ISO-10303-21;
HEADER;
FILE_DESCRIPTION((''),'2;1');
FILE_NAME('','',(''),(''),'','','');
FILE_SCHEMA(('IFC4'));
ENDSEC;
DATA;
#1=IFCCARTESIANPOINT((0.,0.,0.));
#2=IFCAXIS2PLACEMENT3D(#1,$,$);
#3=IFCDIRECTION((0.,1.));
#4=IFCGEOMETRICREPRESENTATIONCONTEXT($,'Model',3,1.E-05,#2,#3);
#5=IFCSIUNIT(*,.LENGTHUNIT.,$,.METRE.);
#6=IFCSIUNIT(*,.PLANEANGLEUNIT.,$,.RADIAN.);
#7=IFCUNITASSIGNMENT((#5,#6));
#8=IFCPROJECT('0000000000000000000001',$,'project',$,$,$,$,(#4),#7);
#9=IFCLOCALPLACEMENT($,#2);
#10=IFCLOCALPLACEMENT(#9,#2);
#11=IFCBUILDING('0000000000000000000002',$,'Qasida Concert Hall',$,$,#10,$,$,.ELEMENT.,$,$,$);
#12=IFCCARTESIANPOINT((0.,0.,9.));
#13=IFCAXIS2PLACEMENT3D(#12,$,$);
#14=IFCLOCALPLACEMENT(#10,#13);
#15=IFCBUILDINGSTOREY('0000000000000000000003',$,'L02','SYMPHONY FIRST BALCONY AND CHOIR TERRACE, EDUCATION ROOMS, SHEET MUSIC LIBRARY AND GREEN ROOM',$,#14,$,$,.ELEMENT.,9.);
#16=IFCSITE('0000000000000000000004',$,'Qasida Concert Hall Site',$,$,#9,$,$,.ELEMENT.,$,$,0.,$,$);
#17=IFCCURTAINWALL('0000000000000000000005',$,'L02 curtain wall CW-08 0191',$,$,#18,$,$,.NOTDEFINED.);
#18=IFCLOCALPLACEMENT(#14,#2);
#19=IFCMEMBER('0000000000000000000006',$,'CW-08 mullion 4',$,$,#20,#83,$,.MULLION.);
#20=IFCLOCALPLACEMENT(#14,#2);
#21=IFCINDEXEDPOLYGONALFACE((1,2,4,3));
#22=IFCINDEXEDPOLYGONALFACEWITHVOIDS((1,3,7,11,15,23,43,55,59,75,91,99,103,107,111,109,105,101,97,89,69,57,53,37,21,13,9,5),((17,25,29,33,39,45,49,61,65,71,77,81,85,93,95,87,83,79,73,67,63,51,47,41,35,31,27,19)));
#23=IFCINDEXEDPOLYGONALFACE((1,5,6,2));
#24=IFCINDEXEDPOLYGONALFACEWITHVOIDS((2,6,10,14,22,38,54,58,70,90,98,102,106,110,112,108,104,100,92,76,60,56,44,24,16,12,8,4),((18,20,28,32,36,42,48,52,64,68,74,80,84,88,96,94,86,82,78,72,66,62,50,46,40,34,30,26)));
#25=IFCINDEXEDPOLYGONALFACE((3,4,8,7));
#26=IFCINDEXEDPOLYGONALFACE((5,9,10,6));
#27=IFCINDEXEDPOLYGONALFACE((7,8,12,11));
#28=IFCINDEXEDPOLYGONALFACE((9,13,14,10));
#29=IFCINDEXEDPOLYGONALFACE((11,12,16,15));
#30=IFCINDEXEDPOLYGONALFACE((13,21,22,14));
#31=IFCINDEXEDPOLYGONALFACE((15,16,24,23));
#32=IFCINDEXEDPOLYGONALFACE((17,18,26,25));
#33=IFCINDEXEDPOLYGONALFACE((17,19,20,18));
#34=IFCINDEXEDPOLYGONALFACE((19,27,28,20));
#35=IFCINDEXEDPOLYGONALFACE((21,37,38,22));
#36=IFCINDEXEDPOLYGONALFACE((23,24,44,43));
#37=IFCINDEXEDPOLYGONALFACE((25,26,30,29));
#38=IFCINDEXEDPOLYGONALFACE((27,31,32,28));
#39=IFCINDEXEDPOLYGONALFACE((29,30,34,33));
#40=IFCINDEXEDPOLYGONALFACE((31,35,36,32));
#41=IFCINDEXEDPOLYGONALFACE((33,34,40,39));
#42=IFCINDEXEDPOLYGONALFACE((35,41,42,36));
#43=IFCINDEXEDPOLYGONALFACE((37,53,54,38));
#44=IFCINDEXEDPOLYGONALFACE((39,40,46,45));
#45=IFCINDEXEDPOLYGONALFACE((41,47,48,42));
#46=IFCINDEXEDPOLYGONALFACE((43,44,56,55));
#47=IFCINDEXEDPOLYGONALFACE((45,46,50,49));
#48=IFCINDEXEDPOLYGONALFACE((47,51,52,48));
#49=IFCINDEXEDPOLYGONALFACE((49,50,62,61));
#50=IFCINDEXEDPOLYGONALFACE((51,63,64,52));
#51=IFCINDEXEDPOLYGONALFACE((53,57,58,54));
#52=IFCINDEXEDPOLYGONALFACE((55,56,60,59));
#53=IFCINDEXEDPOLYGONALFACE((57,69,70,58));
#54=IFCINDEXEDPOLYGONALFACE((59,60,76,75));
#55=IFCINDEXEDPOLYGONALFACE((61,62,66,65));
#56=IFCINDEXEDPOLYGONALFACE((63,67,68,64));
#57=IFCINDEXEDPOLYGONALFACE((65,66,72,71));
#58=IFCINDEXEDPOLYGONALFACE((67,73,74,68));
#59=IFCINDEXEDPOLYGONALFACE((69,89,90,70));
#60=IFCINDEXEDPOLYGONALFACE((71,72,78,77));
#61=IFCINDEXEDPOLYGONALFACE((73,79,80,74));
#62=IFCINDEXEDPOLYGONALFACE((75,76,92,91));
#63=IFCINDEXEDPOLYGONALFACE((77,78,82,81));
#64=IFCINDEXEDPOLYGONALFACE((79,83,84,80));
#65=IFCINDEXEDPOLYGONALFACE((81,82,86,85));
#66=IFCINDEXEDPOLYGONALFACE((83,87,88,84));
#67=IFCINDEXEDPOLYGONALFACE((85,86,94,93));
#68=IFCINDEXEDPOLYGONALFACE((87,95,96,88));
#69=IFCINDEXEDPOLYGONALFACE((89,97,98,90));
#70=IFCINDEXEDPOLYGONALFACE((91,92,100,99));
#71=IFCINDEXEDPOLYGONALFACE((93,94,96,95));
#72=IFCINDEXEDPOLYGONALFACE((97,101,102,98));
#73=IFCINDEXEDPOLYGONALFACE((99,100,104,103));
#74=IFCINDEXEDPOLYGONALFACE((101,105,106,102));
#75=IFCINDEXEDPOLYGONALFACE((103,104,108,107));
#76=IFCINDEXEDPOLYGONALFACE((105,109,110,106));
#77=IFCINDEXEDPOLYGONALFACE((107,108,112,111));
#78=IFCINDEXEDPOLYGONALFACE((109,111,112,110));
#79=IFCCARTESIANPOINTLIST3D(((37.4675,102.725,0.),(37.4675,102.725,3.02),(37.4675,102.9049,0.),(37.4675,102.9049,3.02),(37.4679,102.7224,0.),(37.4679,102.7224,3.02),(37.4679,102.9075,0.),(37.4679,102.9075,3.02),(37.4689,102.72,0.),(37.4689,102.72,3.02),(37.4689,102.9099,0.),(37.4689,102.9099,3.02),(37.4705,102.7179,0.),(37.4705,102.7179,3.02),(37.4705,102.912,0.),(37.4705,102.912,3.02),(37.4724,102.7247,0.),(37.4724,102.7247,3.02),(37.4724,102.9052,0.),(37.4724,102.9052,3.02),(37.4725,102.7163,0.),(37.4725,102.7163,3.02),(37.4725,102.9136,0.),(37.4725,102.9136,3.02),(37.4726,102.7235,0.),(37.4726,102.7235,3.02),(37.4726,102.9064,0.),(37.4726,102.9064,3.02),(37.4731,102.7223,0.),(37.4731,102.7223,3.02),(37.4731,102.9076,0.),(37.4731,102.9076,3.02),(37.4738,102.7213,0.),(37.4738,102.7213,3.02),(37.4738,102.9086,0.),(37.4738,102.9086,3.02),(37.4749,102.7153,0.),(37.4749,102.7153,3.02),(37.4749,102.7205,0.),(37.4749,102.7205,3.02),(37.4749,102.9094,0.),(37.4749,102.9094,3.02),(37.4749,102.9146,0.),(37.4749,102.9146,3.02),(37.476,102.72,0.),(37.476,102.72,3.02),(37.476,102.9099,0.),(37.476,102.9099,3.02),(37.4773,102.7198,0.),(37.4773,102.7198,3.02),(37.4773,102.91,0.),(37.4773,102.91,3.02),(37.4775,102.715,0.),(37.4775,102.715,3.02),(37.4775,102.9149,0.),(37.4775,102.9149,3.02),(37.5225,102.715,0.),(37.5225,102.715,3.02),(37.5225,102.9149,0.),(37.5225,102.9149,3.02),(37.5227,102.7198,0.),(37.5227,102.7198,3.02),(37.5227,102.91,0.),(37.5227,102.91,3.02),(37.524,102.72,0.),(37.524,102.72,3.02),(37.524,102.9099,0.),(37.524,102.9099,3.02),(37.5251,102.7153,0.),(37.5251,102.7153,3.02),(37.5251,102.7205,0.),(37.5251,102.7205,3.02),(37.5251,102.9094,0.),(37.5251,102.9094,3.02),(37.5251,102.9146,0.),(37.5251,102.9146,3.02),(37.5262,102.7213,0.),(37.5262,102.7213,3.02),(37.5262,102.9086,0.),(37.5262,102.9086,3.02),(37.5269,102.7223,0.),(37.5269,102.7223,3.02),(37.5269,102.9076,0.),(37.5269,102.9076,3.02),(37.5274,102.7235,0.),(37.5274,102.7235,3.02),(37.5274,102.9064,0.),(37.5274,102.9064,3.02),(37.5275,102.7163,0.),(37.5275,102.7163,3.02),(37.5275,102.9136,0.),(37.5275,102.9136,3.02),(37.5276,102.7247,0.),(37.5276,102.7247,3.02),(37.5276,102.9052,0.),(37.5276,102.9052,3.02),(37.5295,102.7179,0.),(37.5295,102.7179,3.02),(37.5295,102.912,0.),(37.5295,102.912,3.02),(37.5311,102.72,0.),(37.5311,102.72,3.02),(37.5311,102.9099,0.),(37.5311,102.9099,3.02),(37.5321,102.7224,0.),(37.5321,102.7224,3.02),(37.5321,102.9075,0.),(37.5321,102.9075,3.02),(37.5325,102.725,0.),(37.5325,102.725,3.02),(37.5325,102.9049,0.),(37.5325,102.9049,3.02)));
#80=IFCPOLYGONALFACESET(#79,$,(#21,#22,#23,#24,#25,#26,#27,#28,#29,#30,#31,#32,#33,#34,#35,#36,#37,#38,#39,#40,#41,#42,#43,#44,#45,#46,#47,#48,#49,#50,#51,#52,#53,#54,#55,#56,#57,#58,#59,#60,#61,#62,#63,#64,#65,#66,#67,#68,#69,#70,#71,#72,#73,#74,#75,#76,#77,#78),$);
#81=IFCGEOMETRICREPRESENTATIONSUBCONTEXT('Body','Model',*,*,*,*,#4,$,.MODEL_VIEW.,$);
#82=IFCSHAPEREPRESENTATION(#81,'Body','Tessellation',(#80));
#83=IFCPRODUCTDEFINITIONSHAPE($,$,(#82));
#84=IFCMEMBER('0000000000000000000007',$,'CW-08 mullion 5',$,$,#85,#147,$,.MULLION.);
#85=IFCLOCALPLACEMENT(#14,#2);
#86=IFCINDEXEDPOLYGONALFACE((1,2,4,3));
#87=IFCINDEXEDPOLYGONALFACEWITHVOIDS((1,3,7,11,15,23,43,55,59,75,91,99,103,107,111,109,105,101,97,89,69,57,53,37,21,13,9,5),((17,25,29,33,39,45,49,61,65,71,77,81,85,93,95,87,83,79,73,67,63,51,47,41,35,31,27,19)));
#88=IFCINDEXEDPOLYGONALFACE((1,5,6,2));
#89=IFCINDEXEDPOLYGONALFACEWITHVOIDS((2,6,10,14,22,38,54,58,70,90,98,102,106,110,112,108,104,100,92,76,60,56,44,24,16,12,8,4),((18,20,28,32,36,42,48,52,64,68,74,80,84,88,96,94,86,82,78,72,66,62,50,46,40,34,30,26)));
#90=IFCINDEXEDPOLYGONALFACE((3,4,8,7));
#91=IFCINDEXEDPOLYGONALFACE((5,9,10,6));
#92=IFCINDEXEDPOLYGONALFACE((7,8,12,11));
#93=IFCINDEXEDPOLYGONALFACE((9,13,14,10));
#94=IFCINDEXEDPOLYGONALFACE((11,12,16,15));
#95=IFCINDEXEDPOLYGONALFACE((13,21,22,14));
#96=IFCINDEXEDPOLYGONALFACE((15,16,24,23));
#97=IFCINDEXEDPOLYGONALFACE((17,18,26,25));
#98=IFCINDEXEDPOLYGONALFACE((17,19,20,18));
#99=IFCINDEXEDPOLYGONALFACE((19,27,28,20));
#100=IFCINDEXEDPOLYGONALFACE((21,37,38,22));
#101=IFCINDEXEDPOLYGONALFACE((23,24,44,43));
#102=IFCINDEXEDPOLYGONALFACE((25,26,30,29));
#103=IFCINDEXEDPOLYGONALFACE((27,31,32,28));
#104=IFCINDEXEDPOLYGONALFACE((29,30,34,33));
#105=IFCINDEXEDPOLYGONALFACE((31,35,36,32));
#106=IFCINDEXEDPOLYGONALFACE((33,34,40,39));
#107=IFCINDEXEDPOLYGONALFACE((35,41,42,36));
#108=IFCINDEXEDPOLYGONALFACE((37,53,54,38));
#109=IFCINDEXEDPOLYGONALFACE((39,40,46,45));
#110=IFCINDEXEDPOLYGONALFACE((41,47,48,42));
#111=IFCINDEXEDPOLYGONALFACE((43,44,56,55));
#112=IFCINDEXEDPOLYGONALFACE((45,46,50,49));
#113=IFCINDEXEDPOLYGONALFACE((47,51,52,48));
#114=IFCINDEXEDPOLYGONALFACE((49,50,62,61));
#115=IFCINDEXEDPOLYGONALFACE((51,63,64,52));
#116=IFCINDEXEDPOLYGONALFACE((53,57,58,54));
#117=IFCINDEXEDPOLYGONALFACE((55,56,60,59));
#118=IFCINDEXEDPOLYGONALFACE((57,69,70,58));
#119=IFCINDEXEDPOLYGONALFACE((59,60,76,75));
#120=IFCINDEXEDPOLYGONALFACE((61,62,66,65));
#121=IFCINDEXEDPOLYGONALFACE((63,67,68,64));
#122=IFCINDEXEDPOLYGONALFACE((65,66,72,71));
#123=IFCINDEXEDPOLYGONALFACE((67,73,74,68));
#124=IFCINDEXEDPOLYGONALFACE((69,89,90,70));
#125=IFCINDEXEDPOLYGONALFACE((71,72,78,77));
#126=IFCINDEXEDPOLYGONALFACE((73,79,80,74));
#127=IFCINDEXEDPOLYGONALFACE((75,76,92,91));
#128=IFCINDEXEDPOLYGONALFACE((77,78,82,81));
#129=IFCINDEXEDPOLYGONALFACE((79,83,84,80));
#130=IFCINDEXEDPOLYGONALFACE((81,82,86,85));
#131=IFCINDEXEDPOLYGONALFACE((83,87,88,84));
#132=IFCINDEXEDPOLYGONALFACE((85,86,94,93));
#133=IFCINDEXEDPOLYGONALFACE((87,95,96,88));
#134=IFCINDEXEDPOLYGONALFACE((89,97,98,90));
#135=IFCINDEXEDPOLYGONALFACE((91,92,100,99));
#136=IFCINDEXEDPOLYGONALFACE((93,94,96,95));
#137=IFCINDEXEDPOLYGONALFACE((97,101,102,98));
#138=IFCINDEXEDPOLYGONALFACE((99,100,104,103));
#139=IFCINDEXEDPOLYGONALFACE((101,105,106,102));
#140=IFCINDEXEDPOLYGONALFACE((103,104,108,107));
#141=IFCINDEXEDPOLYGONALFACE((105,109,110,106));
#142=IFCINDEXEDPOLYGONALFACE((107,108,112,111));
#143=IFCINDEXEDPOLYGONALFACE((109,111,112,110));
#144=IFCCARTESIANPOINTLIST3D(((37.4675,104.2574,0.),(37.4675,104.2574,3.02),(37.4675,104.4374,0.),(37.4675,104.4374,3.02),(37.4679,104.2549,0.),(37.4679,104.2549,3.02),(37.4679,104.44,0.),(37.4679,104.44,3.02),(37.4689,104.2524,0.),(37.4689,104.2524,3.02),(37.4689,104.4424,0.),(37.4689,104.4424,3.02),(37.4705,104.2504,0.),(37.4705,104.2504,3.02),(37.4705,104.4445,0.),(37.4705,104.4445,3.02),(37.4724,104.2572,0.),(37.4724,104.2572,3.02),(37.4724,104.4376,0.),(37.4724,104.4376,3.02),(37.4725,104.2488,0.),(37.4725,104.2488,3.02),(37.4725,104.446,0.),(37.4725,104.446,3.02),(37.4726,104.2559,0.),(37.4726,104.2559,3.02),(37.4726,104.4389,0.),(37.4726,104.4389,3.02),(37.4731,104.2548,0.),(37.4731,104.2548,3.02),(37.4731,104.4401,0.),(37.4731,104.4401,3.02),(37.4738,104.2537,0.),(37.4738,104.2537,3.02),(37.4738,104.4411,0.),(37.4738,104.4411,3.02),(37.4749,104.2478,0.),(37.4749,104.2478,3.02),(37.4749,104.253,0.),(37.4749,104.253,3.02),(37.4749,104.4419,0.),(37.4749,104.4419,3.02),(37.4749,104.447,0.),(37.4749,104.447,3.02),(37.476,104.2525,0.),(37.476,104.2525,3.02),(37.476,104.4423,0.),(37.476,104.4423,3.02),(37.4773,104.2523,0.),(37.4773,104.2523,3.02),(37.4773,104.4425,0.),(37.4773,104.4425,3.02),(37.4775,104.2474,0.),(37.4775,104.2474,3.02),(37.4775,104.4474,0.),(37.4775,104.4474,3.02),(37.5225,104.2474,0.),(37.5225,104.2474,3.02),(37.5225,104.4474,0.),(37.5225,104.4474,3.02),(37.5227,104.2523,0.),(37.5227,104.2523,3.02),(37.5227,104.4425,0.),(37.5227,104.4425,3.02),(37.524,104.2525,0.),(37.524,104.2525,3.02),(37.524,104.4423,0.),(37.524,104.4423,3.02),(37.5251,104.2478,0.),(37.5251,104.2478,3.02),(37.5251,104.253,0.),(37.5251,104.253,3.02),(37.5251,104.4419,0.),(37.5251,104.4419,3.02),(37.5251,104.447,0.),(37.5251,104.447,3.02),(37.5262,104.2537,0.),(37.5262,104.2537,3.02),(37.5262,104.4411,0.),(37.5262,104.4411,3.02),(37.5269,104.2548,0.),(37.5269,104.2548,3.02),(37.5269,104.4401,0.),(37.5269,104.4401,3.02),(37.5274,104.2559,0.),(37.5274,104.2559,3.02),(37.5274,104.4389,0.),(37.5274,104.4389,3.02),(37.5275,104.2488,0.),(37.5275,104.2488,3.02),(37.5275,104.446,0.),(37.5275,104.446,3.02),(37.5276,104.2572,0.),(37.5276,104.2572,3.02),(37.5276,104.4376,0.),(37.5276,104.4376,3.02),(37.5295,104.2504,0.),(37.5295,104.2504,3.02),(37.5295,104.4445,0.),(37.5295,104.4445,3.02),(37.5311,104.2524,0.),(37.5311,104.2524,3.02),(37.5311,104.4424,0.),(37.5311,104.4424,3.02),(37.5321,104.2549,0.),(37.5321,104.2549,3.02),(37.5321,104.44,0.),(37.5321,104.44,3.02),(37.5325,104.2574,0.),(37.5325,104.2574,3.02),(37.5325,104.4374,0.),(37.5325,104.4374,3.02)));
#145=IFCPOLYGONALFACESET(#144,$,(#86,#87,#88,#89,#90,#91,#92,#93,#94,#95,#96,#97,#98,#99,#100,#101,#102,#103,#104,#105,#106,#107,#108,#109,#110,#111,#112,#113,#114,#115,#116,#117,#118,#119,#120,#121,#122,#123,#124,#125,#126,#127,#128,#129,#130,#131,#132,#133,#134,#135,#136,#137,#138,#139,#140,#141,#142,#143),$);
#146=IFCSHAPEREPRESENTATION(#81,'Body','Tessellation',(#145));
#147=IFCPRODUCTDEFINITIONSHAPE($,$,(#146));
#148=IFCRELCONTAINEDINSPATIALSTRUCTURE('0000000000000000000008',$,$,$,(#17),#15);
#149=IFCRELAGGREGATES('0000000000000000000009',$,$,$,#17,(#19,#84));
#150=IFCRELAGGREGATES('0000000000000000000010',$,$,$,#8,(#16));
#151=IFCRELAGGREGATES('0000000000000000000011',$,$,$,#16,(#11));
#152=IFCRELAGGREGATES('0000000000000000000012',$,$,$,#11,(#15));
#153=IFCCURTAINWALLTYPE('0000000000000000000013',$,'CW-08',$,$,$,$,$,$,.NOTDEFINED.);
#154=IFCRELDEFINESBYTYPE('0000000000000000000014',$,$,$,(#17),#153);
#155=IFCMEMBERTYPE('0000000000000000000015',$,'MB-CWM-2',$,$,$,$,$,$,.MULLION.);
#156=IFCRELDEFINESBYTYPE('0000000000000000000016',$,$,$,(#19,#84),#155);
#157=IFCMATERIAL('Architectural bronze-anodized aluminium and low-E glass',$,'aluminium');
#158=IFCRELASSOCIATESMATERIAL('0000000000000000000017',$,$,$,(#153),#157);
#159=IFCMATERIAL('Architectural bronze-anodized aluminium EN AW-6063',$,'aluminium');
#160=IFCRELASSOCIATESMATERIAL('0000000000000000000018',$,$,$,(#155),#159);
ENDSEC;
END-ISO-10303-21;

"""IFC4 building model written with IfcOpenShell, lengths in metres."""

from ifc_helpers import new_model, si_unit, direction, frame, origin, origin_2d, place, context, subcontext, project, spatial, hollow_rectangle, extrude, material, material_profile, profile_set, type_object, element, aggregate, save


model = new_model("IFC4")

# Units and contexts
model_context = context("Model", 3, precision=1e-05, world=origin(), true_north=direction((0.0, 1.0)))
body_context = subcontext(model_context, "Body", "Model", "MODEL_VIEW")
ifc_project = project(units=[si_unit("LENGTHUNIT", "METRE"), si_unit("PLANEANGLEUNIT", "RADIAN")], contexts=[model_context])

# Site, building, storey
site_placement = place(None, origin())
site = spatial("IfcSite", under=ifc_project, at=site_placement, Name="Qasida Concert Hall Site", CompositionType="ELEMENT", RefElevation=0.0)
building_placement = place(site_placement, origin())
building = spatial("IfcBuilding", under=site, at=building_placement, Name="Qasida Concert Hall", CompositionType="ELEMENT")
storey_placement = place(building_placement, frame((0.0, 0.0, 9.0)))
storey = spatial("IfcBuildingStorey", under=building, at=storey_placement, Name="L02", Description="SYMPHONY FIRST BALCONY AND CHOIR TERRACE, EDUCATION ROOMS, SHEET MUSIC LIBRARY AND GREEN ROOM", CompositionType="ELEMENT", Elevation=9.0)

# Curtain wall, members
ifc_material_1 = material(Name="Architectural bronze-anodized aluminium and low-E glass", Category="aluminium")
curtain_wall_type = type_object("IfcCurtainWallType", Name="CW-08", PredefinedType="NOTDEFINED", material=ifc_material_1)
curtain_wall_placement = place(storey_placement, origin())
curtain_wall = element("IfcCurtainWall", 1, at=curtain_wall_placement, inside=storey, type_object=curtain_wall_type, Name="L02 curtain wall CW-08 0191", PredefinedType="NOTDEFINED")
ifc_material_2 = material(Name="Architectural bronze-anodized aluminium EN AW-6063", Category="aluminium")
ifc_material_profile_1 = material_profile(ifc_material_2, hollow_rectangle(XDim=0.0649, YDim=0.2, WallThickness=0.0049, InnerFilletRadius=0.0049, OuterFilletRadius=0.01, at=origin_2d()), Name="CWM 200x65x5")
ifc_profile_set_1 = profile_set([ifc_material_profile_1], Name="Architectural bronze-anodized aluminium EN AW-6063")
member_type_1 = type_object("IfcMemberType", Name="MB-CWM-2", PredefinedType="MULLION", material=ifc_profile_set_1)
member_1_placement = place(storey_placement, frame((37.5, 102.8149, 0.0), z_axis=(0.0, 0.0, 1.0), x_axis=(-1.0, 0.0, 0.0)))
member_1 = element("IfcMember", 2, at=member_1_placement, type_object=member_type_1, Name="CW-08 mullion 4", PredefinedType="MULLION", context=body_context, shape_type="SweptSolid", body=[
    extrude(hollow_rectangle(XDim=0.0649, YDim=0.2, WallThickness=0.0049, InnerFilletRadius=0.0049, OuterFilletRadius=0.01, at=origin_2d()), origin(), (0.0, 0.0, 1.0), 3.02),
])
member_2_placement = place(storey_placement, frame((37.5, 104.3474, 0.0), z_axis=(0.0, 0.0, 1.0), x_axis=(-1.0, 0.0, 0.0)))
member_2 = element("IfcMember", 3, at=member_2_placement, type_object=member_type_1, Name="CW-08 mullion 5", PredefinedType="MULLION", context=body_context, shape_type="SweptSolid", body=[
    extrude(hollow_rectangle(XDim=0.0649, YDim=0.2, WallThickness=0.0049, InnerFilletRadius=0.0049, OuterFilletRadius=0.01, at=origin_2d()), origin(), (0.0, 0.0, 1.0), 3.02),
])
aggregate(curtain_wall, [member_1, member_2])

save(model, "model.ifc")
